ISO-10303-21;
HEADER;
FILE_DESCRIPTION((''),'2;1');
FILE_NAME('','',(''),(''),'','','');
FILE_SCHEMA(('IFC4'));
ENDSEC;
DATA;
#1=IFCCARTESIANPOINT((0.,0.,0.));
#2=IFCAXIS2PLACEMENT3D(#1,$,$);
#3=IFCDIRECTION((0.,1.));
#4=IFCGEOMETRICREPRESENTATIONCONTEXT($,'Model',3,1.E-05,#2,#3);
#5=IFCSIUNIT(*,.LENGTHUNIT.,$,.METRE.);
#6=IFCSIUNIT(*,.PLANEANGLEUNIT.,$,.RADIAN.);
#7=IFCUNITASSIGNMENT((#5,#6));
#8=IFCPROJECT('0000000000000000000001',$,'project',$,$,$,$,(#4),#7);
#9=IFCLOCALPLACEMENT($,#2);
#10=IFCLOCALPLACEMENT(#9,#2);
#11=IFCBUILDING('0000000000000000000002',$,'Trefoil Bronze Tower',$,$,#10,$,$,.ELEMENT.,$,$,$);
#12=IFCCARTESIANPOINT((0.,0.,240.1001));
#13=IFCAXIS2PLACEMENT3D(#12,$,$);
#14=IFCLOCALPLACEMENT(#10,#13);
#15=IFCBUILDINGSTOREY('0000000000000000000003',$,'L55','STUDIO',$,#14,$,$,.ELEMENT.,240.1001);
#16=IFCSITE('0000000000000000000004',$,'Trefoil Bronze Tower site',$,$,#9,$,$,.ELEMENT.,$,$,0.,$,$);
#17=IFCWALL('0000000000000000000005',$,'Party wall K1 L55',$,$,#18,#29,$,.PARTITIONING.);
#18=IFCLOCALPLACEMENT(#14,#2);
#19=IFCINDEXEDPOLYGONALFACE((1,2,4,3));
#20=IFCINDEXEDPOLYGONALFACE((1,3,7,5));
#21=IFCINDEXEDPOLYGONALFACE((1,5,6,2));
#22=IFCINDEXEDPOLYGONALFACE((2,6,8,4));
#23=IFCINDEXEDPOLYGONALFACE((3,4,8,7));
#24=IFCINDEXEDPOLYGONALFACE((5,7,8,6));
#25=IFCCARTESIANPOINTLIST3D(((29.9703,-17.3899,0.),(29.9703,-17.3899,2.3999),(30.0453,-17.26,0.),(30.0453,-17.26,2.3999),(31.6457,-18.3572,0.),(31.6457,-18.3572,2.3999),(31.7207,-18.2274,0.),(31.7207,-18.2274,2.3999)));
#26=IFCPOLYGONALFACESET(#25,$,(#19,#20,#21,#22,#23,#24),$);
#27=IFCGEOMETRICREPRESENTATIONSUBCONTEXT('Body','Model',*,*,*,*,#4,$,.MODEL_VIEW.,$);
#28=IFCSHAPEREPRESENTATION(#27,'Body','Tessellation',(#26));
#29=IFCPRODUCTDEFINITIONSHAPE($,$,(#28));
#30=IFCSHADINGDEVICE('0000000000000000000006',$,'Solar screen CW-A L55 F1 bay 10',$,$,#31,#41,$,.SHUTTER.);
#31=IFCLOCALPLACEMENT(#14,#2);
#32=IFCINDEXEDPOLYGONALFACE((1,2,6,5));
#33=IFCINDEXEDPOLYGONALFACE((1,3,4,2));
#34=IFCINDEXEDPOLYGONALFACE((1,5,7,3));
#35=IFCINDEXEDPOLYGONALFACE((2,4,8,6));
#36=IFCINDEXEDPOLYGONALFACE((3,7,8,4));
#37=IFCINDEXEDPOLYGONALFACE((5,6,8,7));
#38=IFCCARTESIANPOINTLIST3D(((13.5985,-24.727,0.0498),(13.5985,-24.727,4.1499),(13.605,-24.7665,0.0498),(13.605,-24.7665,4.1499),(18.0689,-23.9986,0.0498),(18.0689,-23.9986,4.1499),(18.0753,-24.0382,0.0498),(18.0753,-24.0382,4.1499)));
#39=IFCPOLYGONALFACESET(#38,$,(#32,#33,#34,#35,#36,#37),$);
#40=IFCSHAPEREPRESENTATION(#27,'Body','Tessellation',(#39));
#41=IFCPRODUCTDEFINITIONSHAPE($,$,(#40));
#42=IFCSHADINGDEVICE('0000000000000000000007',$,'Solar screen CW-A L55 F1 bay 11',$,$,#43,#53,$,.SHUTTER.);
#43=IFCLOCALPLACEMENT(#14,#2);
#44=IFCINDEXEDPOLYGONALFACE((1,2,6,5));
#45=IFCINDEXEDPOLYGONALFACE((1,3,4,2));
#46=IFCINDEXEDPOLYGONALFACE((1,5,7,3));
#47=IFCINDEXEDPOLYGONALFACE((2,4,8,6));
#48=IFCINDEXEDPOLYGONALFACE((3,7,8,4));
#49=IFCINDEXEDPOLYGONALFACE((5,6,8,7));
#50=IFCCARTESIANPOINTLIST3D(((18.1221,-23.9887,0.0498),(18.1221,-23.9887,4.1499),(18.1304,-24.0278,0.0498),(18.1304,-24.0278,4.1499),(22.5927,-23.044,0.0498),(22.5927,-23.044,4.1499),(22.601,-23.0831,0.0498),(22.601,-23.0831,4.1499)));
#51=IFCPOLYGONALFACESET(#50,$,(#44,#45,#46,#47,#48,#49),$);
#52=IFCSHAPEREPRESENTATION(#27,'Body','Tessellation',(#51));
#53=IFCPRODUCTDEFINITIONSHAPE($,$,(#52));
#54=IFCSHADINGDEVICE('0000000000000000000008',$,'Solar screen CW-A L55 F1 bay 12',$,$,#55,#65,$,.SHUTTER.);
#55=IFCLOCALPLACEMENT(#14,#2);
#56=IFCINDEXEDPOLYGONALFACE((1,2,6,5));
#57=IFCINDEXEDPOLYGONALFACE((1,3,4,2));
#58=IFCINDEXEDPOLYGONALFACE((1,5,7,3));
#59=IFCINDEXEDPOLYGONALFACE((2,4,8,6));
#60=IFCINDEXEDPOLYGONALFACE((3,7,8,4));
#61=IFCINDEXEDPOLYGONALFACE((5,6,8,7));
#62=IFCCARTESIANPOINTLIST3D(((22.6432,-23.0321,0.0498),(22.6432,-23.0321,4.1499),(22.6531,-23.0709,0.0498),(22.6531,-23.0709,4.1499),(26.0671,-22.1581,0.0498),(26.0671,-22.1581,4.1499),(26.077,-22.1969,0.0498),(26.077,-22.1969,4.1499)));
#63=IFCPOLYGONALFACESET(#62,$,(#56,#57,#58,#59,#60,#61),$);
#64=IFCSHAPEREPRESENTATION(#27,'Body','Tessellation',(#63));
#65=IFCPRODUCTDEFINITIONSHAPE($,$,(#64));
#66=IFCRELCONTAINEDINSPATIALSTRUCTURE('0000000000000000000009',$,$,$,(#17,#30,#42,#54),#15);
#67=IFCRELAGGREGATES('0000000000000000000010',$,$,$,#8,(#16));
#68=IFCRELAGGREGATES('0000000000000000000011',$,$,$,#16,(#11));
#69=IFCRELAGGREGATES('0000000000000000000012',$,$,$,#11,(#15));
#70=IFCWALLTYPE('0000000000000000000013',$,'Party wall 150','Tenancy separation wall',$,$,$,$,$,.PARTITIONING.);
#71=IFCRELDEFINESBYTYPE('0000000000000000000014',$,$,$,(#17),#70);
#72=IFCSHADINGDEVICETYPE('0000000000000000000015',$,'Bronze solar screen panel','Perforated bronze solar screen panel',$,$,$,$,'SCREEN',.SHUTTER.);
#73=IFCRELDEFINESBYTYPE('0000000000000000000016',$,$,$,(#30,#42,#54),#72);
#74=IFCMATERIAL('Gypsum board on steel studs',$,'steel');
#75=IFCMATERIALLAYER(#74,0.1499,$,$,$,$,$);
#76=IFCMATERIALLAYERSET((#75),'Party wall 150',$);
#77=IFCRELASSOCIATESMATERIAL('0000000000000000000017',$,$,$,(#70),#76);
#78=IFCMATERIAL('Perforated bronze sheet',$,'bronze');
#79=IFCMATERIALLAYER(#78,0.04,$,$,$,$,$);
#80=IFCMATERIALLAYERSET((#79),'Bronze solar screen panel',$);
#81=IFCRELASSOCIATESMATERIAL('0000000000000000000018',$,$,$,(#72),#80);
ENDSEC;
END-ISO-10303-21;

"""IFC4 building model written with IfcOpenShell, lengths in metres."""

from ifc_helpers import new_model, si_unit, direction, frame, frame_2d, origin, origin_2d, place, context, subcontext, project, spatial, rectangle, extrude, material, layer, layer_set, type_object, element, save


model = new_model("IFC4")

# Units and contexts
model_context = context("Model", 3, precision=1e-05, world=origin(), true_north=direction((0.0, 1.0)))
body_context = subcontext(model_context, "Body", "Model", "MODEL_VIEW")
ifc_project = project(units=[si_unit("LENGTHUNIT", "METRE"), si_unit("PLANEANGLEUNIT", "RADIAN")], contexts=[model_context])

# Site, building, storey
site_placement = place(None, origin())
site = spatial("IfcSite", under=ifc_project, at=site_placement, Name="Trefoil Bronze Tower site", CompositionType="ELEMENT", RefElevation=0.0)
building_placement = place(site_placement, origin())
building = spatial("IfcBuilding", under=site, at=building_placement, Name="Trefoil Bronze Tower", CompositionType="ELEMENT")
storey_placement = place(building_placement, frame((0.0, 0.0, 240.1001)))
storey = spatial("IfcBuildingStorey", under=building, at=storey_placement, Name="L55", Description="STUDIO", CompositionType="ELEMENT", Elevation=240.1001)

# Wall
ifc_material_1 = material(Name="Gypsum board on steel studs", Category="steel")
ifc_layer_1 = layer(ifc_material_1, 0.1499)
ifc_layer_set_1 = layer_set([ifc_layer_1], Name="Party wall 150")
wall_type = type_object("IfcWallType", Name="Party wall 150", Description="Tenancy separation wall", PredefinedType="PARTITIONING", material=ifc_layer_set_1)
wall_placement = place(storey_placement, frame((30.0078, -17.325, 0.0), z_axis=(0.0, 0.0, 1.0), x_axis=(0.866013, -0.500021, 0.0)))
element("IfcWall", 1, at=wall_placement, inside=storey, type_object=wall_type, Name="Party wall K1 L55", PredefinedType="PARTITIONING", context=body_context, shape_type="SweptSolid", body=[
    extrude(rectangle(XDim=1.9346, YDim=0.1499, at=frame_2d((0.9673, 0.0))), origin(), (0.0, 0.0, 1.0), 2.3999),
])

# Shading devices
ifc_material_2 = material(Name="Perforated bronze sheet", Category="bronze")
ifc_layer_2 = layer(ifc_material_2, 0.04)
ifc_layer_set_2 = layer_set([ifc_layer_2], Name="Bronze solar screen panel")
shading_device_type = type_object("IfcShadingDeviceType", Name="Bronze solar screen panel", Description="Perforated bronze solar screen panel", ElementType="SCREEN", PredefinedType="SHUTTER", material=ifc_layer_set_2)
shading_device_1_placement = place(storey_placement, frame((15.8369, -24.3826, 0.0498), z_axis=(0.0, 0.0, 1.0), x_axis=(0.986987, 0.160803, 0.0)))
element("IfcShadingDevice", 2, at=shading_device_1_placement, inside=storey, type_object=shading_device_type, Name="Solar screen CW-A L55 F1 bay 10", PredefinedType="SHUTTER", context=body_context, shape_type="SweptSolid", body=[
    extrude(rectangle(XDim=4.5293, YDim=0.04, at=origin_2d()), origin(), (0.0, 0.0, 1.0), 4.1001),
])
shading_device_2_placement = place(storey_placement, frame((20.3616, -23.5359, 0.0498), z_axis=(0.0, 0.0, 1.0), x_axis=(0.978394, 0.206747, 0.0)))
element("IfcShadingDevice", 3, at=shading_device_2_placement, inside=storey, type_object=shading_device_type, Name="Solar screen CW-A L55 F1 bay 11", PredefinedType="SHUTTER", context=body_context, shape_type="SweptSolid", body=[
    extrude(rectangle(XDim=4.5693, YDim=0.04, at=origin_2d()), origin(), (0.0, 0.0, 1.0), 4.1001),
])
shading_device_3_placement = place(storey_placement, frame((24.3601, -22.6145, 0.0498), z_axis=(0.0, 0.0, 1.0), x_axis=(0.968934, 0.247319, 0.0)))
element("IfcShadingDevice", 4, at=shading_device_3_placement, inside=storey, type_object=shading_device_type, Name="Solar screen CW-A L55 F1 bay 12", PredefinedType="SHUTTER", context=body_context, shape_type="SweptSolid", body=[
    extrude(rectangle(XDim=3.5337, YDim=0.04, at=origin_2d()), origin(), (0.0, 0.0, 1.0), 4.1001),
])

save(model, "model.ifc")
